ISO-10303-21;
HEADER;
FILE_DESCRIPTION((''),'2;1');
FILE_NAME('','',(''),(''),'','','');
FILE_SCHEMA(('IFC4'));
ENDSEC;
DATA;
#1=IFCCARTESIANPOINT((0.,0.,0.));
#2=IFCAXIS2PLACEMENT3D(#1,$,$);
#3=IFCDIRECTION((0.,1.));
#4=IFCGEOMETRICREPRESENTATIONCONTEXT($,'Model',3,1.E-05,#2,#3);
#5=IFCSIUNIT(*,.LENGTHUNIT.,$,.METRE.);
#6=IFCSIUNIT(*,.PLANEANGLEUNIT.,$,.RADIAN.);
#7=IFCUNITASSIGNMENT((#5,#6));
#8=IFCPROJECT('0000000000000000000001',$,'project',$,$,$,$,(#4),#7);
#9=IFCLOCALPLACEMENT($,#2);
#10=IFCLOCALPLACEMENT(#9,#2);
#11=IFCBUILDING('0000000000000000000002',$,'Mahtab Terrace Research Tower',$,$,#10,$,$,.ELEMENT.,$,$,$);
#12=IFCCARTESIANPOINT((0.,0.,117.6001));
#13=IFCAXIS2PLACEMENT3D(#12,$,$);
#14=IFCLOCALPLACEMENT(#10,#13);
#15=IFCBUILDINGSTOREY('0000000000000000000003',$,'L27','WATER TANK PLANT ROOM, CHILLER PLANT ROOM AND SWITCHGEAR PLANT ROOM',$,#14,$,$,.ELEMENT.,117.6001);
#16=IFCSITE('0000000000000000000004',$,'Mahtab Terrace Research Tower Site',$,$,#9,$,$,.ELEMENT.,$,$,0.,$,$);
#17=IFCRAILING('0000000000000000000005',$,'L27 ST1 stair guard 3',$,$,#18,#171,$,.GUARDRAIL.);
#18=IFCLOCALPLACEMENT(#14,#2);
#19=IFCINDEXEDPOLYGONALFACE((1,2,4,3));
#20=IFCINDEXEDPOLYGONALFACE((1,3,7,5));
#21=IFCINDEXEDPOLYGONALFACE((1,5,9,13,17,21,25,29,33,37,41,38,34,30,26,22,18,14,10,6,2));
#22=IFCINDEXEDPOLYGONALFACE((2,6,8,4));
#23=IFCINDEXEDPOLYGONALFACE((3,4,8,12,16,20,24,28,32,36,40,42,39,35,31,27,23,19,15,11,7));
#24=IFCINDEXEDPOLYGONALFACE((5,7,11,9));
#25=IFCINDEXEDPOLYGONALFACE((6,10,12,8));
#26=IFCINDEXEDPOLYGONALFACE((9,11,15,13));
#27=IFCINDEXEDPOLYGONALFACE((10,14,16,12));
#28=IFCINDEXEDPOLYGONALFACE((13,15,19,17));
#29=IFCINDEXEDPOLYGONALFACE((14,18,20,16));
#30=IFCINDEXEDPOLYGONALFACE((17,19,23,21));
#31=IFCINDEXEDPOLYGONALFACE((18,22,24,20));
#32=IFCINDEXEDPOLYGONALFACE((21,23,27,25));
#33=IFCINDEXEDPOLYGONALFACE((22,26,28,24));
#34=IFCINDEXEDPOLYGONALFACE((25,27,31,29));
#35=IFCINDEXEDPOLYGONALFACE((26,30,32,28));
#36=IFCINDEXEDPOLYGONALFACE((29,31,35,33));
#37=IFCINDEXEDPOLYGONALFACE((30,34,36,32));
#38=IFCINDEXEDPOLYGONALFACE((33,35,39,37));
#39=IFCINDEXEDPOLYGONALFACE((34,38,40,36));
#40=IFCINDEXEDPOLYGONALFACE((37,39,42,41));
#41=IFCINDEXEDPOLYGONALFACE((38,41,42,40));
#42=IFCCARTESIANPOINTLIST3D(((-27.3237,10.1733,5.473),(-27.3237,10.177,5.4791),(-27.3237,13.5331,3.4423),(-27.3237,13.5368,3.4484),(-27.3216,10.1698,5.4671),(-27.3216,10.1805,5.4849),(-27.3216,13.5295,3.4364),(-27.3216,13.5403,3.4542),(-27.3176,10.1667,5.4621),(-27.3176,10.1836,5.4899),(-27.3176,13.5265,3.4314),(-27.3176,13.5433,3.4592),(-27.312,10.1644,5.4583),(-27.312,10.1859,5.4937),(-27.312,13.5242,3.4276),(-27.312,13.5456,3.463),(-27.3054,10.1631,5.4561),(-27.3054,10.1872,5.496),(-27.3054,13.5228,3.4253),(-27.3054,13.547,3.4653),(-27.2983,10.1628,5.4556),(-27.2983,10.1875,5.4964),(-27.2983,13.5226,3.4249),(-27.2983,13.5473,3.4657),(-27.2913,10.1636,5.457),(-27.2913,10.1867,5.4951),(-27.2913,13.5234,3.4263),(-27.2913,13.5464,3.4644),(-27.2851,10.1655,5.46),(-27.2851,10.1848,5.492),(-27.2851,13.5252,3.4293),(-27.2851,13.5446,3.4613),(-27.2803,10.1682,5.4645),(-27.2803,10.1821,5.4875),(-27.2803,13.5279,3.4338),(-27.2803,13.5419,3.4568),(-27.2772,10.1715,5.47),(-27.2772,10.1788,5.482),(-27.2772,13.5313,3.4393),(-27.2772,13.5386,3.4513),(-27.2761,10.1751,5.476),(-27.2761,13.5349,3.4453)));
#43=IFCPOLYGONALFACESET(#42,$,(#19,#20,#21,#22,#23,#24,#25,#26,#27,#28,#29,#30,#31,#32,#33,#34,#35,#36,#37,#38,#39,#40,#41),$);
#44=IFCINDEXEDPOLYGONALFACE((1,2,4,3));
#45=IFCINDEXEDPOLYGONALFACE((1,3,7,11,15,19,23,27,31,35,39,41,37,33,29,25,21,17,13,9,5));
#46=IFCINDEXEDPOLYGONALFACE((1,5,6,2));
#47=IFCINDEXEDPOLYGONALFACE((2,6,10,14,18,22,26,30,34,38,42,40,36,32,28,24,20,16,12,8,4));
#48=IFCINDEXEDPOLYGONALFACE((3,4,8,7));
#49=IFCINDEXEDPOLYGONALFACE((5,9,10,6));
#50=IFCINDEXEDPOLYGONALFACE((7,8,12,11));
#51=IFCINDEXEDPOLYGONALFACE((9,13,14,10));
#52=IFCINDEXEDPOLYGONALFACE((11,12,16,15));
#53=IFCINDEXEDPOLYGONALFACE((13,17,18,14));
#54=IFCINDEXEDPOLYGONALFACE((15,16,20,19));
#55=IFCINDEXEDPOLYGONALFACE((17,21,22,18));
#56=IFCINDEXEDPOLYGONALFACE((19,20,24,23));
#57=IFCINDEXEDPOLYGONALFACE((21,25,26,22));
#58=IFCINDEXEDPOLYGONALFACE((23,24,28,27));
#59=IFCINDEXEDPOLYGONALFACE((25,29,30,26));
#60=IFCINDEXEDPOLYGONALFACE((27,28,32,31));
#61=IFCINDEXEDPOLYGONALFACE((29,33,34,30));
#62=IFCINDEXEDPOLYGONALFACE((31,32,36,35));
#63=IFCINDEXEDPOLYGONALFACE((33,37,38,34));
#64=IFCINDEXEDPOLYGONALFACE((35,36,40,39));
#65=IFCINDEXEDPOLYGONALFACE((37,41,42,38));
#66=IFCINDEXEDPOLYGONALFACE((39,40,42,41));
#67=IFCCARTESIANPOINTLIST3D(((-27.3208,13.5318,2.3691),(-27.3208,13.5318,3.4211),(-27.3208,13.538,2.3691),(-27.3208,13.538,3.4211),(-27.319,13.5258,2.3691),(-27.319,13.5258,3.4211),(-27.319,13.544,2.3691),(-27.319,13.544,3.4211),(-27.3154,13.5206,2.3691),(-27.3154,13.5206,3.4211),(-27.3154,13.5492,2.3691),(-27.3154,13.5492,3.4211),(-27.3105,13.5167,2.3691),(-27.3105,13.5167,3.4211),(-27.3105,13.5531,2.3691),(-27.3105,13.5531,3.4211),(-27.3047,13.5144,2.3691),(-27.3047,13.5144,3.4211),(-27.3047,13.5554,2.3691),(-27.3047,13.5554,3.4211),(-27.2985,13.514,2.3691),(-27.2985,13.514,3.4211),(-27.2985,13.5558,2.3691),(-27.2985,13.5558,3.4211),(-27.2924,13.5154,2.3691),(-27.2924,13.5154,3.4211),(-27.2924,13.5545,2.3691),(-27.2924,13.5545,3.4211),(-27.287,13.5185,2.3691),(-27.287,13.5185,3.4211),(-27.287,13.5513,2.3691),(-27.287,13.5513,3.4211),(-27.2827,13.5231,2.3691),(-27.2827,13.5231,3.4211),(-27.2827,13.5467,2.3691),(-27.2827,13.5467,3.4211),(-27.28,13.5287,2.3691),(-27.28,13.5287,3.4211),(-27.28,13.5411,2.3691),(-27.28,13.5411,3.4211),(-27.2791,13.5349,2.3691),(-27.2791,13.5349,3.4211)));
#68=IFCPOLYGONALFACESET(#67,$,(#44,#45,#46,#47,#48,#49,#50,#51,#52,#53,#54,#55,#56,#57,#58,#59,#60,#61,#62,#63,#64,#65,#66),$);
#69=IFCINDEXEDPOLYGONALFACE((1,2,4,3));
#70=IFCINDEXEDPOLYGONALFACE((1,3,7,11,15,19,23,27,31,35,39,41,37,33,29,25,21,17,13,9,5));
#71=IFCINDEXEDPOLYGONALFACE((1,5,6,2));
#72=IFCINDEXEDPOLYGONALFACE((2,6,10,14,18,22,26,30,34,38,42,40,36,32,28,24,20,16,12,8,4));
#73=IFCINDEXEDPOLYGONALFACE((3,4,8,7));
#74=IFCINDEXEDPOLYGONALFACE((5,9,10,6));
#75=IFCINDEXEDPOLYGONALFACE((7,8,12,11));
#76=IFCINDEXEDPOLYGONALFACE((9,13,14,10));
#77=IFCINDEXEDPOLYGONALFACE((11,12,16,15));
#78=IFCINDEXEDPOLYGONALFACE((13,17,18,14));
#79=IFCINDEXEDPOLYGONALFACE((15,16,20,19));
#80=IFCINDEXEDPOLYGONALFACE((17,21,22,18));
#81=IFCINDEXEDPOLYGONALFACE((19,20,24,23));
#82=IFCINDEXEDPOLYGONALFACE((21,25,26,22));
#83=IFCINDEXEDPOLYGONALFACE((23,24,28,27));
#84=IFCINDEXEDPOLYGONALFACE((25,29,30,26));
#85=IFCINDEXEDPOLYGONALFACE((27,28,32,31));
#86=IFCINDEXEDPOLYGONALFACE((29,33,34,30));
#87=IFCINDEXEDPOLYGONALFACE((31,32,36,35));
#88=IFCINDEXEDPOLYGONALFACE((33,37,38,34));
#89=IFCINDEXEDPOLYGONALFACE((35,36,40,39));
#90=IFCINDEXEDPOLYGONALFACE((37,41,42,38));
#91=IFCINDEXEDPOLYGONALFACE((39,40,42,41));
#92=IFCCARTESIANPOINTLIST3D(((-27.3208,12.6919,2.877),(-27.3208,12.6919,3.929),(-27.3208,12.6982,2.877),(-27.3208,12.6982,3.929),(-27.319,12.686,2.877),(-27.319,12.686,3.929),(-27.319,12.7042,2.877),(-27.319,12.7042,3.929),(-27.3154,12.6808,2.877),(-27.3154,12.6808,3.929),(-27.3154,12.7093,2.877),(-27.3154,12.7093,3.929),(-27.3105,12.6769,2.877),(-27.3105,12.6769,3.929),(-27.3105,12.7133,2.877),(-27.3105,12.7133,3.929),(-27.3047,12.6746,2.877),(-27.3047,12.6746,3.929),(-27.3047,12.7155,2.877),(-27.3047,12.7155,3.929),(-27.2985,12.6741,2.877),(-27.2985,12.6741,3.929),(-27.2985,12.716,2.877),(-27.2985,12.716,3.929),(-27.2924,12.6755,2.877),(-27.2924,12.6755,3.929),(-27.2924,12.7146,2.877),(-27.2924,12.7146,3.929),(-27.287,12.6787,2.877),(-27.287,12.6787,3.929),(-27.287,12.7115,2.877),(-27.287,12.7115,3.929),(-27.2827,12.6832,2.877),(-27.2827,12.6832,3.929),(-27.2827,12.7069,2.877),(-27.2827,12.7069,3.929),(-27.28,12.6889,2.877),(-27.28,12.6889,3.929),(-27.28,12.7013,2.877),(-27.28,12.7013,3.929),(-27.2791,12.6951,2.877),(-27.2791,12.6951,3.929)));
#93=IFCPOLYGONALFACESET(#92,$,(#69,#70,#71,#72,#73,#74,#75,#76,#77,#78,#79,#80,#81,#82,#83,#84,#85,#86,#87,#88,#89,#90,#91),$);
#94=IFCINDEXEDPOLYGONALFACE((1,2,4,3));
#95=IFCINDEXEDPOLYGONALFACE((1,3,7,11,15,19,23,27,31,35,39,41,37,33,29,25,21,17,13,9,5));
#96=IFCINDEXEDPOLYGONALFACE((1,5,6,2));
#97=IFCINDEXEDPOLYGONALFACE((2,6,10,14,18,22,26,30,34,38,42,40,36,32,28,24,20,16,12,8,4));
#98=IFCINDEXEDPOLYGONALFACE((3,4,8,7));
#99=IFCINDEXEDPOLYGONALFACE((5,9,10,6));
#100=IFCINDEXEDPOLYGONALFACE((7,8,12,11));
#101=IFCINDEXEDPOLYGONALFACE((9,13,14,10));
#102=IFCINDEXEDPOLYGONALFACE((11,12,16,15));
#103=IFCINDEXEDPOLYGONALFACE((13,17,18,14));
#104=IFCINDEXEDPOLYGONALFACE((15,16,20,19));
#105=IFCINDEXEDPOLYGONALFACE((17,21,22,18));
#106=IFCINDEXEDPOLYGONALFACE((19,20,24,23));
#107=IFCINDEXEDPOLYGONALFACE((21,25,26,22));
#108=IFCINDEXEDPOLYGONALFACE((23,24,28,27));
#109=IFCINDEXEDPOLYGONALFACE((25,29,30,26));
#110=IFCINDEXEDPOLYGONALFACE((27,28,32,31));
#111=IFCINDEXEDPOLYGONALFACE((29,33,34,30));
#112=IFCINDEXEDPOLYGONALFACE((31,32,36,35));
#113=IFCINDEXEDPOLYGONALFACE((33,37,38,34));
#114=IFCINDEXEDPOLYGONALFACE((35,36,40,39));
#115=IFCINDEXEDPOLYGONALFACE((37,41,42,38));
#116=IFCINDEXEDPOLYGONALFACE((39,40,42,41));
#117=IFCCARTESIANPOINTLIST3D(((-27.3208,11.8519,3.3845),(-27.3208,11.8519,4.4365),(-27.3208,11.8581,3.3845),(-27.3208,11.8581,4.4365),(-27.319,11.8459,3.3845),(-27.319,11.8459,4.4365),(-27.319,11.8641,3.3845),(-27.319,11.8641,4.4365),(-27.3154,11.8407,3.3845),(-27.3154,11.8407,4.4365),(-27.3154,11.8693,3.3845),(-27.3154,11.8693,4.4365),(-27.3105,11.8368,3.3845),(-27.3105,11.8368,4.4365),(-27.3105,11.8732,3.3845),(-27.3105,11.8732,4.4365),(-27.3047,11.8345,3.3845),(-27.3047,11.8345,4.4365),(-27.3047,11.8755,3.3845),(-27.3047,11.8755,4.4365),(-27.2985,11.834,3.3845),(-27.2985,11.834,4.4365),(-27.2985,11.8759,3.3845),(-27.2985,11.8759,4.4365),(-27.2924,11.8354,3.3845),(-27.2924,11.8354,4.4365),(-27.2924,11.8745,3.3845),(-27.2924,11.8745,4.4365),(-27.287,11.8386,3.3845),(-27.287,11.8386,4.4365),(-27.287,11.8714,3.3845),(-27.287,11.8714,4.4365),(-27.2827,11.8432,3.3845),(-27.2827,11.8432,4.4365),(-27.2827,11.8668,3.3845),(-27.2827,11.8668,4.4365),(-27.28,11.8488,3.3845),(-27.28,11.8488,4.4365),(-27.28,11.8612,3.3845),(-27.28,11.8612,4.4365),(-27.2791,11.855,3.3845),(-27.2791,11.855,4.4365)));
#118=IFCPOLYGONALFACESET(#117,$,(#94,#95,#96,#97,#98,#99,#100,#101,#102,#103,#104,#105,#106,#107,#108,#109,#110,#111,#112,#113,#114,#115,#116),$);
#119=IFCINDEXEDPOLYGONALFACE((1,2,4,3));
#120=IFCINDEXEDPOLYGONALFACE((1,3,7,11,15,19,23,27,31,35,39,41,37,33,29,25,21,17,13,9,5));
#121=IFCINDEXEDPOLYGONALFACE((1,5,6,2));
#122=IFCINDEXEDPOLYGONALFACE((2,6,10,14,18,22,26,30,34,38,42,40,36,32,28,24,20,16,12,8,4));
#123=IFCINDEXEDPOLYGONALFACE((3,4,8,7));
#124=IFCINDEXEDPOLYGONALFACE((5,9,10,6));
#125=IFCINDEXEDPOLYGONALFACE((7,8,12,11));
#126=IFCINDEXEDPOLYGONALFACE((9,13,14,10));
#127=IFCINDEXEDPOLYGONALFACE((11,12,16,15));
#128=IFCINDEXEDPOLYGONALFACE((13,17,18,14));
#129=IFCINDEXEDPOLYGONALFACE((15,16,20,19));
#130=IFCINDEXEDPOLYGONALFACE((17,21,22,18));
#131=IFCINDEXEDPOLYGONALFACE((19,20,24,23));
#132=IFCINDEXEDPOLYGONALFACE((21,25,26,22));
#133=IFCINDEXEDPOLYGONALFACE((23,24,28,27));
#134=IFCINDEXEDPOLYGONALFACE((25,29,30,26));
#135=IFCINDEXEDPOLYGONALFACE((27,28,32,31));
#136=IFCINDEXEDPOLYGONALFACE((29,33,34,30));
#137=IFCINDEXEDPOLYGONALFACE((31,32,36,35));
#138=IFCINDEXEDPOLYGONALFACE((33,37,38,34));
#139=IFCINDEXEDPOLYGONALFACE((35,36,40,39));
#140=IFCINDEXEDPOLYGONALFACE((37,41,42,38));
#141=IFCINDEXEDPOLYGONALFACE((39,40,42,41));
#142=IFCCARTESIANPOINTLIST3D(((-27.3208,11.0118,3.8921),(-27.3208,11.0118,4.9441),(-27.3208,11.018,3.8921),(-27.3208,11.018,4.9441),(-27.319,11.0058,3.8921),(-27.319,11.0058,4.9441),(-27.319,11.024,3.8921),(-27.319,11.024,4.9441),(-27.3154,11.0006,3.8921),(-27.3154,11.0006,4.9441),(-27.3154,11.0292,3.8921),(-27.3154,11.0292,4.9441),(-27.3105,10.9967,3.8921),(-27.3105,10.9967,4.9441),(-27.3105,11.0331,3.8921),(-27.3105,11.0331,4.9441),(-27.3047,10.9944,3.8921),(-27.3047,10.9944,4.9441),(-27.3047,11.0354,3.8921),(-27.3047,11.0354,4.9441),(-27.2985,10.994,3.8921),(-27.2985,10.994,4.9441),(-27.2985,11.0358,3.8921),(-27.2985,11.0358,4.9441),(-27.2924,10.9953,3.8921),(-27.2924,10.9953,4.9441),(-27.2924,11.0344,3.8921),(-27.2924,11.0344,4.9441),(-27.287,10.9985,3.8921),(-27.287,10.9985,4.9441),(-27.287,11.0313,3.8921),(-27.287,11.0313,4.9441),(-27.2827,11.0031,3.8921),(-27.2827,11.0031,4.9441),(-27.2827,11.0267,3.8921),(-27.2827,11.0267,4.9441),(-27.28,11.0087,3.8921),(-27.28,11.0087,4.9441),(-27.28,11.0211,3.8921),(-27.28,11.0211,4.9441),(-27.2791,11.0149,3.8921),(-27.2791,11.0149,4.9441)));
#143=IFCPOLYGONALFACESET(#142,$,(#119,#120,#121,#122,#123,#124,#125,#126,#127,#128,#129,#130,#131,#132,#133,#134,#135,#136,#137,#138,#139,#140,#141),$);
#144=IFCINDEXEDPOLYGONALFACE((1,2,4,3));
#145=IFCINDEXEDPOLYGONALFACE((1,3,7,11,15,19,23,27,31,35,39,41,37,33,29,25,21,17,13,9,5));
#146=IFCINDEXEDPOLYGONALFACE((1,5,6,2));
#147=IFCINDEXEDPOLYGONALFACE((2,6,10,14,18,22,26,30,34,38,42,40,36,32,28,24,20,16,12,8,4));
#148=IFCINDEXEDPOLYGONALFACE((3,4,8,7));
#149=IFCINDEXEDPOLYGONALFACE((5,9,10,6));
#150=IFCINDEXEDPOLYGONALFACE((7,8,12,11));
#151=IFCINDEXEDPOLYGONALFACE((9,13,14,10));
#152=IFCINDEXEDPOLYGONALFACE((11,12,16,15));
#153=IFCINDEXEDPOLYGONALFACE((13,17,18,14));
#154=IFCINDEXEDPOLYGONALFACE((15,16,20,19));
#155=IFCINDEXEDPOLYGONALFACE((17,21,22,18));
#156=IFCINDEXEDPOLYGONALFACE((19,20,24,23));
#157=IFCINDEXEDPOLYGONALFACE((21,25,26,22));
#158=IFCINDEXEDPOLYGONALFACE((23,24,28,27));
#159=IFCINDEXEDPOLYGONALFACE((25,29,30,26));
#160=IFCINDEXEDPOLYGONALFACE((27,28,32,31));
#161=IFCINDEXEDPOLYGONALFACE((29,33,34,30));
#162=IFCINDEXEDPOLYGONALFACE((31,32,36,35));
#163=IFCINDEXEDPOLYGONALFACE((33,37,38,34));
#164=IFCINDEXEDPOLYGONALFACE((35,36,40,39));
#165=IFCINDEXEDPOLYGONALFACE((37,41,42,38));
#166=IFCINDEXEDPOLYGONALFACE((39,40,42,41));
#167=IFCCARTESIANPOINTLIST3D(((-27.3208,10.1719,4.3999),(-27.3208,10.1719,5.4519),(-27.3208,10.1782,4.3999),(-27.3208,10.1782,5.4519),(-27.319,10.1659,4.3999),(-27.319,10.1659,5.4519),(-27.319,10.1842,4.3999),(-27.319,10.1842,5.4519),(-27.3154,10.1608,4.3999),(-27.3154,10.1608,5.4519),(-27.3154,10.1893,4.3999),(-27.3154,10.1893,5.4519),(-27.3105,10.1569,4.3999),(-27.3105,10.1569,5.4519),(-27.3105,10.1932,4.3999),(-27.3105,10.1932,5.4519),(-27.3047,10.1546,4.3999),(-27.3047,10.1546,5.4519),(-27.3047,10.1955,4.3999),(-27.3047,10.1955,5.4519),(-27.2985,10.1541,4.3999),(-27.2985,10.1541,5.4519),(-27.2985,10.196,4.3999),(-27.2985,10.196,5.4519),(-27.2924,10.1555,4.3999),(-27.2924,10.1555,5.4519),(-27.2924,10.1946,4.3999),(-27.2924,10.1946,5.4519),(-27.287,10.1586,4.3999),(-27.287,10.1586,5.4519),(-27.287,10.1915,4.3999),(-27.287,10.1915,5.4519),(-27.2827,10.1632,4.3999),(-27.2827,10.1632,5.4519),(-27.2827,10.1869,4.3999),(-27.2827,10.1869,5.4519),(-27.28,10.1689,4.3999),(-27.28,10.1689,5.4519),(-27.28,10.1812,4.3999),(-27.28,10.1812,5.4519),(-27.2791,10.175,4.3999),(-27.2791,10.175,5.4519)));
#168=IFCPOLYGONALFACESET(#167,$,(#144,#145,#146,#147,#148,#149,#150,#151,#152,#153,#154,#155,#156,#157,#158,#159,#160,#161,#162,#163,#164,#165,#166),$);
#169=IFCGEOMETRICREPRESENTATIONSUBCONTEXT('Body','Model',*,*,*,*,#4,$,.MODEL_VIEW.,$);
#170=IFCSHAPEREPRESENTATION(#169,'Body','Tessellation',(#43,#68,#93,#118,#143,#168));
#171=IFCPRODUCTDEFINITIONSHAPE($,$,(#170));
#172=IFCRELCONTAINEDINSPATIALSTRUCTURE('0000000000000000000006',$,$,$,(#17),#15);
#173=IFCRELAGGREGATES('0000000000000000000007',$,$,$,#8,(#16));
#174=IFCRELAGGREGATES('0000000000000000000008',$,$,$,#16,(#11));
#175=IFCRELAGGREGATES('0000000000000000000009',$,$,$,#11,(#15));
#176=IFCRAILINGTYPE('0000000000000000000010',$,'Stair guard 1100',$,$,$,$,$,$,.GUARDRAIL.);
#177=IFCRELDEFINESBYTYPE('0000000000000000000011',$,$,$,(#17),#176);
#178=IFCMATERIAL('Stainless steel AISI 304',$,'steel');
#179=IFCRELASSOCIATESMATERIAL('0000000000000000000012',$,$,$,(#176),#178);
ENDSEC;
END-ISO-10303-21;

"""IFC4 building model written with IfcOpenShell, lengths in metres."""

from ifc_helpers import new_model, si_unit, direction, frame, origin, origin_2d, place, context, subcontext, project, spatial, circle, extrude, material, type_object, element, save


model = new_model("IFC4")

# Units and contexts
model_context = context("Model", 3, precision=1e-05, world=origin(), true_north=direction((0.0, 1.0)))
body_context = subcontext(model_context, "Body", "Model", "MODEL_VIEW")
ifc_project = project(units=[si_unit("LENGTHUNIT", "METRE"), si_unit("PLANEANGLEUNIT", "RADIAN")], contexts=[model_context])

# Site, building, storey
site_placement = place(None, origin())
site = spatial("IfcSite", under=ifc_project, at=site_placement, Name="Mahtab Terrace Research Tower Site", CompositionType="ELEMENT", RefElevation=0.0)
building_placement = place(site_placement, origin())
building = spatial("IfcBuilding", under=site, at=building_placement, Name="Mahtab Terrace Research Tower", CompositionType="ELEMENT")
storey_placement = place(building_placement, frame((0.0, 0.0, 117.6001)))
storey = spatial("IfcBuildingStorey", under=building, at=storey_placement, Name="L27", Description="WATER TANK PLANT ROOM, CHILLER PLANT ROOM AND SWITCHGEAR PLANT ROOM", CompositionType="ELEMENT", Elevation=117.6001)

# Railing
ifc_material_1 = material(Name="Stainless steel AISI 304", Category="steel")
railing_type_1 = type_object("IfcRailingType", Name="Stair guard 1100", PredefinedType="GUARDRAIL", material=ifc_material_1)
railing_1_placement = place(storey_placement, frame((-27.3, 13.5349, 2.3691)))
element("IfcRailing", 1, at=railing_1_placement, inside=storey, type_object=railing_type_1, Name="L27 ST1 stair guard 3", PredefinedType="GUARDRAIL", context=body_context, shape_type="SweptSolid", body=[
    extrude(circle(Radius=0.0239, at=origin_2d()), frame((0.0, 0.0, 1.0762), z_axis=(0.0, -0.85582, 0.517273), x_axis=(1.0, 0.0, 0.0)), (0.0, 0.0, 1.0), 3.9258),
    extrude(circle(Radius=0.021, at=origin_2d()), origin(), (0.0, 0.0, 1.0), 1.052),
    extrude(circle(Radius=0.021, at=origin_2d()), frame((0.0, -0.8398, 0.5078)), (0.0, 0.0, 1.0), 1.052),
    extrude(circle(Radius=0.021, at=origin_2d()), frame((0.0, -1.6799, 1.0154)), (0.0, 0.0, 1.0), 1.052),
    extrude(circle(Radius=0.021, at=origin_2d()), frame((0.0, -2.52, 1.5229)), (0.0, 0.0, 1.0), 1.052),
    extrude(circle(Radius=0.021, at=origin_2d()), frame((0.0, -3.3599, 2.0308)), (0.0, 0.0, 1.0), 1.052),
])

save(model, "model.ifc")
